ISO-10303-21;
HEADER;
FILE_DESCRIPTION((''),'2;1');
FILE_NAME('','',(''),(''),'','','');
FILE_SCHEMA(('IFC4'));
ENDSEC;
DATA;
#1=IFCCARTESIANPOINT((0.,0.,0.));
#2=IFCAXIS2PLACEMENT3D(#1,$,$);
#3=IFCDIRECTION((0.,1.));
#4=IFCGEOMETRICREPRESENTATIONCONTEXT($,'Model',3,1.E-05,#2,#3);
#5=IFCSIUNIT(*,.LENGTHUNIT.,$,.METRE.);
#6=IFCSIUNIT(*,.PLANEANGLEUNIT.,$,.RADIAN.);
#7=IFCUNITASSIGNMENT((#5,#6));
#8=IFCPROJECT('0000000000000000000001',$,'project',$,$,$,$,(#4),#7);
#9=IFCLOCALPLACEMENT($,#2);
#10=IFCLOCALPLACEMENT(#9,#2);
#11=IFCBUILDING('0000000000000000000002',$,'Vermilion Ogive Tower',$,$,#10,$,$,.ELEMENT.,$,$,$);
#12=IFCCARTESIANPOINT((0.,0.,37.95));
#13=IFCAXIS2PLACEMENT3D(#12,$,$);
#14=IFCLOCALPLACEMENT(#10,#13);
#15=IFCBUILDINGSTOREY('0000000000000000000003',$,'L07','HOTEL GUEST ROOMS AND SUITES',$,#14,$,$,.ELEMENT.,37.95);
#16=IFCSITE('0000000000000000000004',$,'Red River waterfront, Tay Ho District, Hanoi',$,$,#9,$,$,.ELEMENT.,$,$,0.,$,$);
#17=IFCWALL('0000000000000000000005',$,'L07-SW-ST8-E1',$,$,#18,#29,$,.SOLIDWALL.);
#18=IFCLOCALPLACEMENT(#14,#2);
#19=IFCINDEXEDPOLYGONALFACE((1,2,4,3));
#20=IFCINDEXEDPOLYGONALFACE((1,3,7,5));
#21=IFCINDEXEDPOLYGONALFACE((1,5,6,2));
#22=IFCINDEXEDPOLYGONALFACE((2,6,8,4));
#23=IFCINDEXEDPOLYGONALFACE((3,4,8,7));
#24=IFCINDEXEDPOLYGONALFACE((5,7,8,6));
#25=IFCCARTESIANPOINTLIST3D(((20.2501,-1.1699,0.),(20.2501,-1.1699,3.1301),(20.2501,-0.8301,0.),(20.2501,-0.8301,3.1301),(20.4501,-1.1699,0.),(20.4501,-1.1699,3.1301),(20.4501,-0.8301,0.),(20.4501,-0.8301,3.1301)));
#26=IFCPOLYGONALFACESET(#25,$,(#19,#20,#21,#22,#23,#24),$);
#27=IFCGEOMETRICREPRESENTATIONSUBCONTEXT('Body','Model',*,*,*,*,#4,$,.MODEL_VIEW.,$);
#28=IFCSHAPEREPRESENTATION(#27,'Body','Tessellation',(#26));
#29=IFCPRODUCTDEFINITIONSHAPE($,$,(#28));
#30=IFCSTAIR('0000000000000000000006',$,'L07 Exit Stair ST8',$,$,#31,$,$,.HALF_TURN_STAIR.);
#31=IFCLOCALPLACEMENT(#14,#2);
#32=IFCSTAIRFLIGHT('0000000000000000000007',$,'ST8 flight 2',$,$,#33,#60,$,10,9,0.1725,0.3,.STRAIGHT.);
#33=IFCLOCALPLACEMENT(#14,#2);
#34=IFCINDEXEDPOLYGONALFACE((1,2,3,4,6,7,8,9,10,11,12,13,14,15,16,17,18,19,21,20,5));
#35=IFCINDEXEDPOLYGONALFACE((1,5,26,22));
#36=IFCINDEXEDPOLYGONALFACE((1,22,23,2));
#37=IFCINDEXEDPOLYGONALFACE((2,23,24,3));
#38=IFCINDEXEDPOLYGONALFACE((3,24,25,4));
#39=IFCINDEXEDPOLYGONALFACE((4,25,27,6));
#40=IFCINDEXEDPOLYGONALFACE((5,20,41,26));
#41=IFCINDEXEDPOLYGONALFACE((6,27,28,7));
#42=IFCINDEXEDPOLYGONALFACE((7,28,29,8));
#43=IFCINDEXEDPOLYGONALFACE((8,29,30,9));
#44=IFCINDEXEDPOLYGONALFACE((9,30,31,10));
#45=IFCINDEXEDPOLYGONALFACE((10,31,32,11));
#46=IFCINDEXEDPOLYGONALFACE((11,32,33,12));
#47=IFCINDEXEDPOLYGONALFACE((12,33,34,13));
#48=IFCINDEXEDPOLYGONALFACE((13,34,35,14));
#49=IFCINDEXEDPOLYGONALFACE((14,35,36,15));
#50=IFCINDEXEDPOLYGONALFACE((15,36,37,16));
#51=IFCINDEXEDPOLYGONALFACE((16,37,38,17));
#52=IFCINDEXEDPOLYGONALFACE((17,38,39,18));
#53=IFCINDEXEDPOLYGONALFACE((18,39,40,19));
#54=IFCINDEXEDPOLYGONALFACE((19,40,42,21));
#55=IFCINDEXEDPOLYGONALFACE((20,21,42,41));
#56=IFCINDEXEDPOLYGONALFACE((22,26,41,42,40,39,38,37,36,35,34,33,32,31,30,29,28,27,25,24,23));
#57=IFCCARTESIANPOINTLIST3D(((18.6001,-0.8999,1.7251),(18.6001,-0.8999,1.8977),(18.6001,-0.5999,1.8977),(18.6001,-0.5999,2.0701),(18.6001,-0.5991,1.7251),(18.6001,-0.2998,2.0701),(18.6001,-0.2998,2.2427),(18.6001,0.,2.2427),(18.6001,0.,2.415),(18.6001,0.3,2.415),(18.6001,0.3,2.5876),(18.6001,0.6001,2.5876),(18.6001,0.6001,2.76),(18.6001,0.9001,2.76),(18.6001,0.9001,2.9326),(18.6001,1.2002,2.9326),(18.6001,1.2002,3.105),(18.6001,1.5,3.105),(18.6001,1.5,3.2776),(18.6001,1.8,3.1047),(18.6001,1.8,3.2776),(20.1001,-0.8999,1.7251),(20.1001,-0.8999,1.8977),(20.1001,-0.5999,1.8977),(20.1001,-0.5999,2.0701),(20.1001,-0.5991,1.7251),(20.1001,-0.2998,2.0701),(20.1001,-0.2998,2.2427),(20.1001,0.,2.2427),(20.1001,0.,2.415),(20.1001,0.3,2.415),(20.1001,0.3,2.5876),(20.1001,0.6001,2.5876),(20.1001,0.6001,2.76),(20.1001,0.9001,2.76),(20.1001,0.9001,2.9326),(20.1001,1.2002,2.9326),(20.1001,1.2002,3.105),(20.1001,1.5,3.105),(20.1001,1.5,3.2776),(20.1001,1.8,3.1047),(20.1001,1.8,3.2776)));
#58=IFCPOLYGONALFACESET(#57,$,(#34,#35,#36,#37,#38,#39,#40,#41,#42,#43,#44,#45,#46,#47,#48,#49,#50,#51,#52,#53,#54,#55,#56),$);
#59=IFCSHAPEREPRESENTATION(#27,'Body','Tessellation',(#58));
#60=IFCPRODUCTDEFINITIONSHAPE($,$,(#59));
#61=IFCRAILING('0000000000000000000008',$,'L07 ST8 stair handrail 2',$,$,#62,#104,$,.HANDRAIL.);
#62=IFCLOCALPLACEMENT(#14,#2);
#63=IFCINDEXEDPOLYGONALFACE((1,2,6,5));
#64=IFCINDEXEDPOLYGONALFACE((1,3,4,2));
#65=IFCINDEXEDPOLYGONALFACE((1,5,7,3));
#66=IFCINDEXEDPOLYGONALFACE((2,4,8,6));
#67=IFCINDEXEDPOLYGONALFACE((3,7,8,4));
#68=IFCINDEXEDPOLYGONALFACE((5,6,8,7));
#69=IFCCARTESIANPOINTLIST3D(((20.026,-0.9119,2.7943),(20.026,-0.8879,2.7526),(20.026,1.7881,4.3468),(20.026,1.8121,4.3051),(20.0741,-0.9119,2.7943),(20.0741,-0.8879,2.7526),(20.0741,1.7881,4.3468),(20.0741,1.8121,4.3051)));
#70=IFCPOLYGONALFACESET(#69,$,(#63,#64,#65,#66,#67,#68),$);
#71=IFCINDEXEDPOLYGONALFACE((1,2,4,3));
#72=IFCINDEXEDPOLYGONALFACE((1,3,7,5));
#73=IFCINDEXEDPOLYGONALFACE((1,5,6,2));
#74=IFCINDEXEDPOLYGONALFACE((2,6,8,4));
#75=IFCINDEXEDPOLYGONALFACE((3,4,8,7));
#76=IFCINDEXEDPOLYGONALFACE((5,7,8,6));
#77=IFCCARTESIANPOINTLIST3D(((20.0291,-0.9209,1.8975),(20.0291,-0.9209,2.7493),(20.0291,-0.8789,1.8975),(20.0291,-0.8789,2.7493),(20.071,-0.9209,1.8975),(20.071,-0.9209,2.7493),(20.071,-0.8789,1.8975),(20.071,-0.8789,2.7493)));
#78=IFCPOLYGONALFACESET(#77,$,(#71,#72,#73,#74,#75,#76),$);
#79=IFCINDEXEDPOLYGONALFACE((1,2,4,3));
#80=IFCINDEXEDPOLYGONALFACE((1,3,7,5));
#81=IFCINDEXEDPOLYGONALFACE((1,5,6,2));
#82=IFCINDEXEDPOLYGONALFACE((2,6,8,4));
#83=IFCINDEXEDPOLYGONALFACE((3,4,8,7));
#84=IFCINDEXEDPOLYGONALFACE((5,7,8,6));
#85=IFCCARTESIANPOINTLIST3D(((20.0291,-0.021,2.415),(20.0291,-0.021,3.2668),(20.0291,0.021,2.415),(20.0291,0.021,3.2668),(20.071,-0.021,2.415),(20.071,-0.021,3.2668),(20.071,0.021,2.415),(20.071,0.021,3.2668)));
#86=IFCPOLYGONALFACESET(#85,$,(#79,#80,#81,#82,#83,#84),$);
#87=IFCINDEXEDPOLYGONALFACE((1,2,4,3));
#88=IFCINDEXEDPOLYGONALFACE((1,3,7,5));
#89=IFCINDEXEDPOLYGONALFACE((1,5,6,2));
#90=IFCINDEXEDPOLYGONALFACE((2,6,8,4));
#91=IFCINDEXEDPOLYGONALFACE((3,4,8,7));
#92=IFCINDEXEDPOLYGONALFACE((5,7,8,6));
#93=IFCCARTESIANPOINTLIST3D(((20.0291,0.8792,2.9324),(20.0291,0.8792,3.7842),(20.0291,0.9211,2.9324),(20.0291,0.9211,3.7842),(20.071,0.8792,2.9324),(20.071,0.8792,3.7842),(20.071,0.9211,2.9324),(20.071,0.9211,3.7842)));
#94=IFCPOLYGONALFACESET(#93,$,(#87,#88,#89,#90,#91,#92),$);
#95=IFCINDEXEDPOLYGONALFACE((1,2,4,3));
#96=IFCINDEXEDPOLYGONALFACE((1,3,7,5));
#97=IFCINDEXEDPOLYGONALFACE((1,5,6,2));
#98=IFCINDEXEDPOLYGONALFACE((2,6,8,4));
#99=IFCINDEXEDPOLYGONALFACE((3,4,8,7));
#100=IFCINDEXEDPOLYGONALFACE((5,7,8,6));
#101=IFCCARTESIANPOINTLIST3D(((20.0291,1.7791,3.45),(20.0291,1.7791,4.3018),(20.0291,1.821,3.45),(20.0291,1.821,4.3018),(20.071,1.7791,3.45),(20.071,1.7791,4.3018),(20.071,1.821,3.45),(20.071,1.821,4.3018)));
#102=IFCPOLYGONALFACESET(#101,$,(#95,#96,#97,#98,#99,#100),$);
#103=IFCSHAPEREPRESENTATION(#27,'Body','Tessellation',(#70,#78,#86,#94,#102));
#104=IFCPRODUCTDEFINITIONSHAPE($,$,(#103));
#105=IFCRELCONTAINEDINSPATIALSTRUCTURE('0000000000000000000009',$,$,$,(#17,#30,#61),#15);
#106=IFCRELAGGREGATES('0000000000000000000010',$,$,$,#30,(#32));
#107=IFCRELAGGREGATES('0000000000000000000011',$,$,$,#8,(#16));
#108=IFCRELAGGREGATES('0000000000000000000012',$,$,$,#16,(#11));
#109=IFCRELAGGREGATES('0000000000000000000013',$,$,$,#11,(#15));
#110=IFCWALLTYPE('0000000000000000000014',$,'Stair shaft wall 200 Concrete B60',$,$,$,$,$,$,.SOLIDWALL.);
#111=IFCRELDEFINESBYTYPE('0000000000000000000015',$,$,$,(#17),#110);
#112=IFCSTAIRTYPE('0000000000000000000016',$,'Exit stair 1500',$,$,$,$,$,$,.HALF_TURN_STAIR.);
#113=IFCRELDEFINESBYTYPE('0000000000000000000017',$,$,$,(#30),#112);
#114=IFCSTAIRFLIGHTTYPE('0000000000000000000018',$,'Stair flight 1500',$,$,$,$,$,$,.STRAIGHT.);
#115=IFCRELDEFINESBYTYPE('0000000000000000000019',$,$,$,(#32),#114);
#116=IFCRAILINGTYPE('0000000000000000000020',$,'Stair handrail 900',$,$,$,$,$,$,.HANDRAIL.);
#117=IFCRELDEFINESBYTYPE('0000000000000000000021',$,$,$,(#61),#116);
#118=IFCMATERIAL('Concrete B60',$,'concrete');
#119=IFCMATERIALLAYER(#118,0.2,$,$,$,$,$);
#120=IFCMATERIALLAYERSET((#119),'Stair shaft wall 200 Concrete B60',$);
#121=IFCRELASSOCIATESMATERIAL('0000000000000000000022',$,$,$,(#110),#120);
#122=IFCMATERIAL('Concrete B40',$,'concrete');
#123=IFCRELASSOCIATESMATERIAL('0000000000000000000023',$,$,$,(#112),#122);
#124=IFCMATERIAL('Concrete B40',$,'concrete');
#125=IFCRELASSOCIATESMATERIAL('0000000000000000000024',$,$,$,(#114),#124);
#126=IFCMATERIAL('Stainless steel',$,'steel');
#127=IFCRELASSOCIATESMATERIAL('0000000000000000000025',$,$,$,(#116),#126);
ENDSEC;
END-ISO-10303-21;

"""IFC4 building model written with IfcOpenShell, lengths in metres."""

from ifc_helpers import new_model, si_unit, direction, frame, frame_2d, origin, origin_2d, place, context, subcontext, project, spatial, polyline, rectangle, outline, extrude, material, layer, layer_set, type_object, element, aggregate, save


model = new_model("IFC4")

# Units and contexts
model_context = context("Model", 3, precision=1e-05, world=origin(), true_north=direction((0.0, 1.0)))
body_context = subcontext(model_context, "Body", "Model", "MODEL_VIEW")
ifc_project = project(units=[si_unit("LENGTHUNIT", "METRE"), si_unit("PLANEANGLEUNIT", "RADIAN")], contexts=[model_context])

# Site, building, storey
site_placement = place(None, origin())
site = spatial("IfcSite", under=ifc_project, at=site_placement, Name="Red River waterfront, Tay Ho District, Hanoi", CompositionType="ELEMENT", RefElevation=0.0)
building_placement = place(site_placement, origin())
building = spatial("IfcBuilding", under=site, at=building_placement, Name="Vermilion Ogive Tower", CompositionType="ELEMENT")
storey_placement = place(building_placement, frame((0.0, 0.0, 37.95)))
storey = spatial("IfcBuildingStorey", under=building, at=storey_placement, Name="L07", Description="HOTEL GUEST ROOMS AND SUITES", CompositionType="ELEMENT", Elevation=37.95)

# Shared definitions
ifc_material_1 = material(Name="Concrete B60", Category="concrete")
ifc_layer_1 = layer(ifc_material_1, 0.2)
ifc_layer_set_1 = layer_set([ifc_layer_1], Name="Stair shaft wall 200 Concrete B60")
wall_type_1 = type_object("IfcWallType", Name="Stair shaft wall 200 Concrete B60", PredefinedType="SOLIDWALL", material=ifc_layer_set_1)

# Wall
wall_1_placement = place(storey_placement, frame((20.3501, -1.1699, 0.0), z_axis=(0.0, 0.0, 1.0), x_axis=(0.0, 1.0, 0.0)))
element("IfcWall", 1, at=wall_1_placement, inside=storey, type_object=wall_type_1, Name="L07-SW-ST8-E1", PredefinedType="SOLIDWALL", context=body_context, shape_type="SweptSolid", body=[
    extrude(rectangle(XDim=0.3398, YDim=0.2, at=frame_2d((0.1699, 0.0))), origin(), (0.0, 0.0, 1.0), 3.1301),
])

# Stair, stair flight
ifc_material_2 = material(Name="Concrete B40", Category="concrete")
stair_type = type_object("IfcStairType", Name="Exit stair 1500", PredefinedType="HALF_TURN_STAIR", material=ifc_material_2)
stair_placement = place(storey_placement, origin())
stair = element("IfcStair", 2, at=stair_placement, inside=storey, type_object=stair_type, Name="L07 Exit Stair ST8", PredefinedType="HALF_TURN_STAIR")
ifc_material_3 = material(Name="Concrete B40", Category="concrete")
stair_flight_type = type_object("IfcStairFlightType", Name="Stair flight 1500", PredefinedType="STRAIGHT", material=ifc_material_3)
stair_flight_placement = place(storey_placement, frame((19.3501, -0.8999, 1.7251), z_axis=(0.0, 0.0, 1.0), x_axis=(0.0, 1.0, 0.0)))
stair_flight = element("IfcStairFlight", 3, at=stair_flight_placement, type_object=stair_flight_type, Name="ST8 flight 2", NumberOfRisers=10, NumberOfTreads=9, PredefinedType="STRAIGHT", RiserHeight=0.1725, TreadLength=0.3, context=body_context, shape_type="SweptSolid", body=[
    extrude(outline(polyline([(0.0, 0.0), (0.0, 0.1726), (0.3, 0.1726), (0.3, 0.345), (0.6001, 0.345), (0.6001, 0.5176), (0.8999, 0.5176), (0.8999, 0.6899), (1.2, 0.6899), (1.2, 0.8625), (1.5, 0.8625), (1.5, 1.0349), (1.8, 1.0349), (1.8, 1.2075), (2.1001, 1.2075), (2.1001, 1.3799), (2.3999, 1.3799), (2.3999, 1.5525), (2.7, 1.5525), (2.7, 1.7251), (2.7, 1.3796), (0.3008, 0.0), (0.0, 0.0)])), frame((0.0, 0.75, 0.0), z_axis=(0.0, -1.0, 0.0), x_axis=(1.0, 0.0, 0.0)), (0.0, 0.0, 1.0), 1.5),
])
aggregate(stair, [stair_flight])

# Railing
ifc_material_4 = material(Name="Stainless steel", Category="steel")
railing_type = type_object("IfcRailingType", Name="Stair handrail 900", PredefinedType="HANDRAIL", material=ifc_material_4)
railing_placement = place(storey_placement, frame((20.05, -0.8999, 1.8975)))
element("IfcRailing", 4, at=railing_placement, inside=storey, type_object=railing_type, Name="L07 ST8 stair handrail 2", PredefinedType="HANDRAIL", context=body_context, shape_type="SweptSolid", body=[
    extrude(rectangle(XDim=0.0481, YDim=0.0481, at=origin_2d()), frame((0.0, 0.0, 0.876), z_axis=(0.0, 0.866904, 0.498476), x_axis=(-1.0, 0.0, 0.0)), (0.0, 0.0, 1.0), 3.1145),
    extrude(rectangle(XDim=0.042, YDim=0.042, at=origin_2d()), origin(), (0.0, 0.0, 1.0), 0.8518),
    extrude(rectangle(XDim=0.042, YDim=0.042, at=origin_2d()), frame((0.0, 0.8999, 0.5176)), (0.0, 0.0, 1.0), 0.8518),
    extrude(rectangle(XDim=0.042, YDim=0.042, at=origin_2d()), frame((0.0, 1.8, 1.0349)), (0.0, 0.0, 1.0), 0.8518),
    extrude(rectangle(XDim=0.042, YDim=0.042, at=origin_2d()), frame((0.0, 2.7, 1.5525)), (0.0, 0.0, 1.0), 0.8518),
])

save(model, "model.ifc")
